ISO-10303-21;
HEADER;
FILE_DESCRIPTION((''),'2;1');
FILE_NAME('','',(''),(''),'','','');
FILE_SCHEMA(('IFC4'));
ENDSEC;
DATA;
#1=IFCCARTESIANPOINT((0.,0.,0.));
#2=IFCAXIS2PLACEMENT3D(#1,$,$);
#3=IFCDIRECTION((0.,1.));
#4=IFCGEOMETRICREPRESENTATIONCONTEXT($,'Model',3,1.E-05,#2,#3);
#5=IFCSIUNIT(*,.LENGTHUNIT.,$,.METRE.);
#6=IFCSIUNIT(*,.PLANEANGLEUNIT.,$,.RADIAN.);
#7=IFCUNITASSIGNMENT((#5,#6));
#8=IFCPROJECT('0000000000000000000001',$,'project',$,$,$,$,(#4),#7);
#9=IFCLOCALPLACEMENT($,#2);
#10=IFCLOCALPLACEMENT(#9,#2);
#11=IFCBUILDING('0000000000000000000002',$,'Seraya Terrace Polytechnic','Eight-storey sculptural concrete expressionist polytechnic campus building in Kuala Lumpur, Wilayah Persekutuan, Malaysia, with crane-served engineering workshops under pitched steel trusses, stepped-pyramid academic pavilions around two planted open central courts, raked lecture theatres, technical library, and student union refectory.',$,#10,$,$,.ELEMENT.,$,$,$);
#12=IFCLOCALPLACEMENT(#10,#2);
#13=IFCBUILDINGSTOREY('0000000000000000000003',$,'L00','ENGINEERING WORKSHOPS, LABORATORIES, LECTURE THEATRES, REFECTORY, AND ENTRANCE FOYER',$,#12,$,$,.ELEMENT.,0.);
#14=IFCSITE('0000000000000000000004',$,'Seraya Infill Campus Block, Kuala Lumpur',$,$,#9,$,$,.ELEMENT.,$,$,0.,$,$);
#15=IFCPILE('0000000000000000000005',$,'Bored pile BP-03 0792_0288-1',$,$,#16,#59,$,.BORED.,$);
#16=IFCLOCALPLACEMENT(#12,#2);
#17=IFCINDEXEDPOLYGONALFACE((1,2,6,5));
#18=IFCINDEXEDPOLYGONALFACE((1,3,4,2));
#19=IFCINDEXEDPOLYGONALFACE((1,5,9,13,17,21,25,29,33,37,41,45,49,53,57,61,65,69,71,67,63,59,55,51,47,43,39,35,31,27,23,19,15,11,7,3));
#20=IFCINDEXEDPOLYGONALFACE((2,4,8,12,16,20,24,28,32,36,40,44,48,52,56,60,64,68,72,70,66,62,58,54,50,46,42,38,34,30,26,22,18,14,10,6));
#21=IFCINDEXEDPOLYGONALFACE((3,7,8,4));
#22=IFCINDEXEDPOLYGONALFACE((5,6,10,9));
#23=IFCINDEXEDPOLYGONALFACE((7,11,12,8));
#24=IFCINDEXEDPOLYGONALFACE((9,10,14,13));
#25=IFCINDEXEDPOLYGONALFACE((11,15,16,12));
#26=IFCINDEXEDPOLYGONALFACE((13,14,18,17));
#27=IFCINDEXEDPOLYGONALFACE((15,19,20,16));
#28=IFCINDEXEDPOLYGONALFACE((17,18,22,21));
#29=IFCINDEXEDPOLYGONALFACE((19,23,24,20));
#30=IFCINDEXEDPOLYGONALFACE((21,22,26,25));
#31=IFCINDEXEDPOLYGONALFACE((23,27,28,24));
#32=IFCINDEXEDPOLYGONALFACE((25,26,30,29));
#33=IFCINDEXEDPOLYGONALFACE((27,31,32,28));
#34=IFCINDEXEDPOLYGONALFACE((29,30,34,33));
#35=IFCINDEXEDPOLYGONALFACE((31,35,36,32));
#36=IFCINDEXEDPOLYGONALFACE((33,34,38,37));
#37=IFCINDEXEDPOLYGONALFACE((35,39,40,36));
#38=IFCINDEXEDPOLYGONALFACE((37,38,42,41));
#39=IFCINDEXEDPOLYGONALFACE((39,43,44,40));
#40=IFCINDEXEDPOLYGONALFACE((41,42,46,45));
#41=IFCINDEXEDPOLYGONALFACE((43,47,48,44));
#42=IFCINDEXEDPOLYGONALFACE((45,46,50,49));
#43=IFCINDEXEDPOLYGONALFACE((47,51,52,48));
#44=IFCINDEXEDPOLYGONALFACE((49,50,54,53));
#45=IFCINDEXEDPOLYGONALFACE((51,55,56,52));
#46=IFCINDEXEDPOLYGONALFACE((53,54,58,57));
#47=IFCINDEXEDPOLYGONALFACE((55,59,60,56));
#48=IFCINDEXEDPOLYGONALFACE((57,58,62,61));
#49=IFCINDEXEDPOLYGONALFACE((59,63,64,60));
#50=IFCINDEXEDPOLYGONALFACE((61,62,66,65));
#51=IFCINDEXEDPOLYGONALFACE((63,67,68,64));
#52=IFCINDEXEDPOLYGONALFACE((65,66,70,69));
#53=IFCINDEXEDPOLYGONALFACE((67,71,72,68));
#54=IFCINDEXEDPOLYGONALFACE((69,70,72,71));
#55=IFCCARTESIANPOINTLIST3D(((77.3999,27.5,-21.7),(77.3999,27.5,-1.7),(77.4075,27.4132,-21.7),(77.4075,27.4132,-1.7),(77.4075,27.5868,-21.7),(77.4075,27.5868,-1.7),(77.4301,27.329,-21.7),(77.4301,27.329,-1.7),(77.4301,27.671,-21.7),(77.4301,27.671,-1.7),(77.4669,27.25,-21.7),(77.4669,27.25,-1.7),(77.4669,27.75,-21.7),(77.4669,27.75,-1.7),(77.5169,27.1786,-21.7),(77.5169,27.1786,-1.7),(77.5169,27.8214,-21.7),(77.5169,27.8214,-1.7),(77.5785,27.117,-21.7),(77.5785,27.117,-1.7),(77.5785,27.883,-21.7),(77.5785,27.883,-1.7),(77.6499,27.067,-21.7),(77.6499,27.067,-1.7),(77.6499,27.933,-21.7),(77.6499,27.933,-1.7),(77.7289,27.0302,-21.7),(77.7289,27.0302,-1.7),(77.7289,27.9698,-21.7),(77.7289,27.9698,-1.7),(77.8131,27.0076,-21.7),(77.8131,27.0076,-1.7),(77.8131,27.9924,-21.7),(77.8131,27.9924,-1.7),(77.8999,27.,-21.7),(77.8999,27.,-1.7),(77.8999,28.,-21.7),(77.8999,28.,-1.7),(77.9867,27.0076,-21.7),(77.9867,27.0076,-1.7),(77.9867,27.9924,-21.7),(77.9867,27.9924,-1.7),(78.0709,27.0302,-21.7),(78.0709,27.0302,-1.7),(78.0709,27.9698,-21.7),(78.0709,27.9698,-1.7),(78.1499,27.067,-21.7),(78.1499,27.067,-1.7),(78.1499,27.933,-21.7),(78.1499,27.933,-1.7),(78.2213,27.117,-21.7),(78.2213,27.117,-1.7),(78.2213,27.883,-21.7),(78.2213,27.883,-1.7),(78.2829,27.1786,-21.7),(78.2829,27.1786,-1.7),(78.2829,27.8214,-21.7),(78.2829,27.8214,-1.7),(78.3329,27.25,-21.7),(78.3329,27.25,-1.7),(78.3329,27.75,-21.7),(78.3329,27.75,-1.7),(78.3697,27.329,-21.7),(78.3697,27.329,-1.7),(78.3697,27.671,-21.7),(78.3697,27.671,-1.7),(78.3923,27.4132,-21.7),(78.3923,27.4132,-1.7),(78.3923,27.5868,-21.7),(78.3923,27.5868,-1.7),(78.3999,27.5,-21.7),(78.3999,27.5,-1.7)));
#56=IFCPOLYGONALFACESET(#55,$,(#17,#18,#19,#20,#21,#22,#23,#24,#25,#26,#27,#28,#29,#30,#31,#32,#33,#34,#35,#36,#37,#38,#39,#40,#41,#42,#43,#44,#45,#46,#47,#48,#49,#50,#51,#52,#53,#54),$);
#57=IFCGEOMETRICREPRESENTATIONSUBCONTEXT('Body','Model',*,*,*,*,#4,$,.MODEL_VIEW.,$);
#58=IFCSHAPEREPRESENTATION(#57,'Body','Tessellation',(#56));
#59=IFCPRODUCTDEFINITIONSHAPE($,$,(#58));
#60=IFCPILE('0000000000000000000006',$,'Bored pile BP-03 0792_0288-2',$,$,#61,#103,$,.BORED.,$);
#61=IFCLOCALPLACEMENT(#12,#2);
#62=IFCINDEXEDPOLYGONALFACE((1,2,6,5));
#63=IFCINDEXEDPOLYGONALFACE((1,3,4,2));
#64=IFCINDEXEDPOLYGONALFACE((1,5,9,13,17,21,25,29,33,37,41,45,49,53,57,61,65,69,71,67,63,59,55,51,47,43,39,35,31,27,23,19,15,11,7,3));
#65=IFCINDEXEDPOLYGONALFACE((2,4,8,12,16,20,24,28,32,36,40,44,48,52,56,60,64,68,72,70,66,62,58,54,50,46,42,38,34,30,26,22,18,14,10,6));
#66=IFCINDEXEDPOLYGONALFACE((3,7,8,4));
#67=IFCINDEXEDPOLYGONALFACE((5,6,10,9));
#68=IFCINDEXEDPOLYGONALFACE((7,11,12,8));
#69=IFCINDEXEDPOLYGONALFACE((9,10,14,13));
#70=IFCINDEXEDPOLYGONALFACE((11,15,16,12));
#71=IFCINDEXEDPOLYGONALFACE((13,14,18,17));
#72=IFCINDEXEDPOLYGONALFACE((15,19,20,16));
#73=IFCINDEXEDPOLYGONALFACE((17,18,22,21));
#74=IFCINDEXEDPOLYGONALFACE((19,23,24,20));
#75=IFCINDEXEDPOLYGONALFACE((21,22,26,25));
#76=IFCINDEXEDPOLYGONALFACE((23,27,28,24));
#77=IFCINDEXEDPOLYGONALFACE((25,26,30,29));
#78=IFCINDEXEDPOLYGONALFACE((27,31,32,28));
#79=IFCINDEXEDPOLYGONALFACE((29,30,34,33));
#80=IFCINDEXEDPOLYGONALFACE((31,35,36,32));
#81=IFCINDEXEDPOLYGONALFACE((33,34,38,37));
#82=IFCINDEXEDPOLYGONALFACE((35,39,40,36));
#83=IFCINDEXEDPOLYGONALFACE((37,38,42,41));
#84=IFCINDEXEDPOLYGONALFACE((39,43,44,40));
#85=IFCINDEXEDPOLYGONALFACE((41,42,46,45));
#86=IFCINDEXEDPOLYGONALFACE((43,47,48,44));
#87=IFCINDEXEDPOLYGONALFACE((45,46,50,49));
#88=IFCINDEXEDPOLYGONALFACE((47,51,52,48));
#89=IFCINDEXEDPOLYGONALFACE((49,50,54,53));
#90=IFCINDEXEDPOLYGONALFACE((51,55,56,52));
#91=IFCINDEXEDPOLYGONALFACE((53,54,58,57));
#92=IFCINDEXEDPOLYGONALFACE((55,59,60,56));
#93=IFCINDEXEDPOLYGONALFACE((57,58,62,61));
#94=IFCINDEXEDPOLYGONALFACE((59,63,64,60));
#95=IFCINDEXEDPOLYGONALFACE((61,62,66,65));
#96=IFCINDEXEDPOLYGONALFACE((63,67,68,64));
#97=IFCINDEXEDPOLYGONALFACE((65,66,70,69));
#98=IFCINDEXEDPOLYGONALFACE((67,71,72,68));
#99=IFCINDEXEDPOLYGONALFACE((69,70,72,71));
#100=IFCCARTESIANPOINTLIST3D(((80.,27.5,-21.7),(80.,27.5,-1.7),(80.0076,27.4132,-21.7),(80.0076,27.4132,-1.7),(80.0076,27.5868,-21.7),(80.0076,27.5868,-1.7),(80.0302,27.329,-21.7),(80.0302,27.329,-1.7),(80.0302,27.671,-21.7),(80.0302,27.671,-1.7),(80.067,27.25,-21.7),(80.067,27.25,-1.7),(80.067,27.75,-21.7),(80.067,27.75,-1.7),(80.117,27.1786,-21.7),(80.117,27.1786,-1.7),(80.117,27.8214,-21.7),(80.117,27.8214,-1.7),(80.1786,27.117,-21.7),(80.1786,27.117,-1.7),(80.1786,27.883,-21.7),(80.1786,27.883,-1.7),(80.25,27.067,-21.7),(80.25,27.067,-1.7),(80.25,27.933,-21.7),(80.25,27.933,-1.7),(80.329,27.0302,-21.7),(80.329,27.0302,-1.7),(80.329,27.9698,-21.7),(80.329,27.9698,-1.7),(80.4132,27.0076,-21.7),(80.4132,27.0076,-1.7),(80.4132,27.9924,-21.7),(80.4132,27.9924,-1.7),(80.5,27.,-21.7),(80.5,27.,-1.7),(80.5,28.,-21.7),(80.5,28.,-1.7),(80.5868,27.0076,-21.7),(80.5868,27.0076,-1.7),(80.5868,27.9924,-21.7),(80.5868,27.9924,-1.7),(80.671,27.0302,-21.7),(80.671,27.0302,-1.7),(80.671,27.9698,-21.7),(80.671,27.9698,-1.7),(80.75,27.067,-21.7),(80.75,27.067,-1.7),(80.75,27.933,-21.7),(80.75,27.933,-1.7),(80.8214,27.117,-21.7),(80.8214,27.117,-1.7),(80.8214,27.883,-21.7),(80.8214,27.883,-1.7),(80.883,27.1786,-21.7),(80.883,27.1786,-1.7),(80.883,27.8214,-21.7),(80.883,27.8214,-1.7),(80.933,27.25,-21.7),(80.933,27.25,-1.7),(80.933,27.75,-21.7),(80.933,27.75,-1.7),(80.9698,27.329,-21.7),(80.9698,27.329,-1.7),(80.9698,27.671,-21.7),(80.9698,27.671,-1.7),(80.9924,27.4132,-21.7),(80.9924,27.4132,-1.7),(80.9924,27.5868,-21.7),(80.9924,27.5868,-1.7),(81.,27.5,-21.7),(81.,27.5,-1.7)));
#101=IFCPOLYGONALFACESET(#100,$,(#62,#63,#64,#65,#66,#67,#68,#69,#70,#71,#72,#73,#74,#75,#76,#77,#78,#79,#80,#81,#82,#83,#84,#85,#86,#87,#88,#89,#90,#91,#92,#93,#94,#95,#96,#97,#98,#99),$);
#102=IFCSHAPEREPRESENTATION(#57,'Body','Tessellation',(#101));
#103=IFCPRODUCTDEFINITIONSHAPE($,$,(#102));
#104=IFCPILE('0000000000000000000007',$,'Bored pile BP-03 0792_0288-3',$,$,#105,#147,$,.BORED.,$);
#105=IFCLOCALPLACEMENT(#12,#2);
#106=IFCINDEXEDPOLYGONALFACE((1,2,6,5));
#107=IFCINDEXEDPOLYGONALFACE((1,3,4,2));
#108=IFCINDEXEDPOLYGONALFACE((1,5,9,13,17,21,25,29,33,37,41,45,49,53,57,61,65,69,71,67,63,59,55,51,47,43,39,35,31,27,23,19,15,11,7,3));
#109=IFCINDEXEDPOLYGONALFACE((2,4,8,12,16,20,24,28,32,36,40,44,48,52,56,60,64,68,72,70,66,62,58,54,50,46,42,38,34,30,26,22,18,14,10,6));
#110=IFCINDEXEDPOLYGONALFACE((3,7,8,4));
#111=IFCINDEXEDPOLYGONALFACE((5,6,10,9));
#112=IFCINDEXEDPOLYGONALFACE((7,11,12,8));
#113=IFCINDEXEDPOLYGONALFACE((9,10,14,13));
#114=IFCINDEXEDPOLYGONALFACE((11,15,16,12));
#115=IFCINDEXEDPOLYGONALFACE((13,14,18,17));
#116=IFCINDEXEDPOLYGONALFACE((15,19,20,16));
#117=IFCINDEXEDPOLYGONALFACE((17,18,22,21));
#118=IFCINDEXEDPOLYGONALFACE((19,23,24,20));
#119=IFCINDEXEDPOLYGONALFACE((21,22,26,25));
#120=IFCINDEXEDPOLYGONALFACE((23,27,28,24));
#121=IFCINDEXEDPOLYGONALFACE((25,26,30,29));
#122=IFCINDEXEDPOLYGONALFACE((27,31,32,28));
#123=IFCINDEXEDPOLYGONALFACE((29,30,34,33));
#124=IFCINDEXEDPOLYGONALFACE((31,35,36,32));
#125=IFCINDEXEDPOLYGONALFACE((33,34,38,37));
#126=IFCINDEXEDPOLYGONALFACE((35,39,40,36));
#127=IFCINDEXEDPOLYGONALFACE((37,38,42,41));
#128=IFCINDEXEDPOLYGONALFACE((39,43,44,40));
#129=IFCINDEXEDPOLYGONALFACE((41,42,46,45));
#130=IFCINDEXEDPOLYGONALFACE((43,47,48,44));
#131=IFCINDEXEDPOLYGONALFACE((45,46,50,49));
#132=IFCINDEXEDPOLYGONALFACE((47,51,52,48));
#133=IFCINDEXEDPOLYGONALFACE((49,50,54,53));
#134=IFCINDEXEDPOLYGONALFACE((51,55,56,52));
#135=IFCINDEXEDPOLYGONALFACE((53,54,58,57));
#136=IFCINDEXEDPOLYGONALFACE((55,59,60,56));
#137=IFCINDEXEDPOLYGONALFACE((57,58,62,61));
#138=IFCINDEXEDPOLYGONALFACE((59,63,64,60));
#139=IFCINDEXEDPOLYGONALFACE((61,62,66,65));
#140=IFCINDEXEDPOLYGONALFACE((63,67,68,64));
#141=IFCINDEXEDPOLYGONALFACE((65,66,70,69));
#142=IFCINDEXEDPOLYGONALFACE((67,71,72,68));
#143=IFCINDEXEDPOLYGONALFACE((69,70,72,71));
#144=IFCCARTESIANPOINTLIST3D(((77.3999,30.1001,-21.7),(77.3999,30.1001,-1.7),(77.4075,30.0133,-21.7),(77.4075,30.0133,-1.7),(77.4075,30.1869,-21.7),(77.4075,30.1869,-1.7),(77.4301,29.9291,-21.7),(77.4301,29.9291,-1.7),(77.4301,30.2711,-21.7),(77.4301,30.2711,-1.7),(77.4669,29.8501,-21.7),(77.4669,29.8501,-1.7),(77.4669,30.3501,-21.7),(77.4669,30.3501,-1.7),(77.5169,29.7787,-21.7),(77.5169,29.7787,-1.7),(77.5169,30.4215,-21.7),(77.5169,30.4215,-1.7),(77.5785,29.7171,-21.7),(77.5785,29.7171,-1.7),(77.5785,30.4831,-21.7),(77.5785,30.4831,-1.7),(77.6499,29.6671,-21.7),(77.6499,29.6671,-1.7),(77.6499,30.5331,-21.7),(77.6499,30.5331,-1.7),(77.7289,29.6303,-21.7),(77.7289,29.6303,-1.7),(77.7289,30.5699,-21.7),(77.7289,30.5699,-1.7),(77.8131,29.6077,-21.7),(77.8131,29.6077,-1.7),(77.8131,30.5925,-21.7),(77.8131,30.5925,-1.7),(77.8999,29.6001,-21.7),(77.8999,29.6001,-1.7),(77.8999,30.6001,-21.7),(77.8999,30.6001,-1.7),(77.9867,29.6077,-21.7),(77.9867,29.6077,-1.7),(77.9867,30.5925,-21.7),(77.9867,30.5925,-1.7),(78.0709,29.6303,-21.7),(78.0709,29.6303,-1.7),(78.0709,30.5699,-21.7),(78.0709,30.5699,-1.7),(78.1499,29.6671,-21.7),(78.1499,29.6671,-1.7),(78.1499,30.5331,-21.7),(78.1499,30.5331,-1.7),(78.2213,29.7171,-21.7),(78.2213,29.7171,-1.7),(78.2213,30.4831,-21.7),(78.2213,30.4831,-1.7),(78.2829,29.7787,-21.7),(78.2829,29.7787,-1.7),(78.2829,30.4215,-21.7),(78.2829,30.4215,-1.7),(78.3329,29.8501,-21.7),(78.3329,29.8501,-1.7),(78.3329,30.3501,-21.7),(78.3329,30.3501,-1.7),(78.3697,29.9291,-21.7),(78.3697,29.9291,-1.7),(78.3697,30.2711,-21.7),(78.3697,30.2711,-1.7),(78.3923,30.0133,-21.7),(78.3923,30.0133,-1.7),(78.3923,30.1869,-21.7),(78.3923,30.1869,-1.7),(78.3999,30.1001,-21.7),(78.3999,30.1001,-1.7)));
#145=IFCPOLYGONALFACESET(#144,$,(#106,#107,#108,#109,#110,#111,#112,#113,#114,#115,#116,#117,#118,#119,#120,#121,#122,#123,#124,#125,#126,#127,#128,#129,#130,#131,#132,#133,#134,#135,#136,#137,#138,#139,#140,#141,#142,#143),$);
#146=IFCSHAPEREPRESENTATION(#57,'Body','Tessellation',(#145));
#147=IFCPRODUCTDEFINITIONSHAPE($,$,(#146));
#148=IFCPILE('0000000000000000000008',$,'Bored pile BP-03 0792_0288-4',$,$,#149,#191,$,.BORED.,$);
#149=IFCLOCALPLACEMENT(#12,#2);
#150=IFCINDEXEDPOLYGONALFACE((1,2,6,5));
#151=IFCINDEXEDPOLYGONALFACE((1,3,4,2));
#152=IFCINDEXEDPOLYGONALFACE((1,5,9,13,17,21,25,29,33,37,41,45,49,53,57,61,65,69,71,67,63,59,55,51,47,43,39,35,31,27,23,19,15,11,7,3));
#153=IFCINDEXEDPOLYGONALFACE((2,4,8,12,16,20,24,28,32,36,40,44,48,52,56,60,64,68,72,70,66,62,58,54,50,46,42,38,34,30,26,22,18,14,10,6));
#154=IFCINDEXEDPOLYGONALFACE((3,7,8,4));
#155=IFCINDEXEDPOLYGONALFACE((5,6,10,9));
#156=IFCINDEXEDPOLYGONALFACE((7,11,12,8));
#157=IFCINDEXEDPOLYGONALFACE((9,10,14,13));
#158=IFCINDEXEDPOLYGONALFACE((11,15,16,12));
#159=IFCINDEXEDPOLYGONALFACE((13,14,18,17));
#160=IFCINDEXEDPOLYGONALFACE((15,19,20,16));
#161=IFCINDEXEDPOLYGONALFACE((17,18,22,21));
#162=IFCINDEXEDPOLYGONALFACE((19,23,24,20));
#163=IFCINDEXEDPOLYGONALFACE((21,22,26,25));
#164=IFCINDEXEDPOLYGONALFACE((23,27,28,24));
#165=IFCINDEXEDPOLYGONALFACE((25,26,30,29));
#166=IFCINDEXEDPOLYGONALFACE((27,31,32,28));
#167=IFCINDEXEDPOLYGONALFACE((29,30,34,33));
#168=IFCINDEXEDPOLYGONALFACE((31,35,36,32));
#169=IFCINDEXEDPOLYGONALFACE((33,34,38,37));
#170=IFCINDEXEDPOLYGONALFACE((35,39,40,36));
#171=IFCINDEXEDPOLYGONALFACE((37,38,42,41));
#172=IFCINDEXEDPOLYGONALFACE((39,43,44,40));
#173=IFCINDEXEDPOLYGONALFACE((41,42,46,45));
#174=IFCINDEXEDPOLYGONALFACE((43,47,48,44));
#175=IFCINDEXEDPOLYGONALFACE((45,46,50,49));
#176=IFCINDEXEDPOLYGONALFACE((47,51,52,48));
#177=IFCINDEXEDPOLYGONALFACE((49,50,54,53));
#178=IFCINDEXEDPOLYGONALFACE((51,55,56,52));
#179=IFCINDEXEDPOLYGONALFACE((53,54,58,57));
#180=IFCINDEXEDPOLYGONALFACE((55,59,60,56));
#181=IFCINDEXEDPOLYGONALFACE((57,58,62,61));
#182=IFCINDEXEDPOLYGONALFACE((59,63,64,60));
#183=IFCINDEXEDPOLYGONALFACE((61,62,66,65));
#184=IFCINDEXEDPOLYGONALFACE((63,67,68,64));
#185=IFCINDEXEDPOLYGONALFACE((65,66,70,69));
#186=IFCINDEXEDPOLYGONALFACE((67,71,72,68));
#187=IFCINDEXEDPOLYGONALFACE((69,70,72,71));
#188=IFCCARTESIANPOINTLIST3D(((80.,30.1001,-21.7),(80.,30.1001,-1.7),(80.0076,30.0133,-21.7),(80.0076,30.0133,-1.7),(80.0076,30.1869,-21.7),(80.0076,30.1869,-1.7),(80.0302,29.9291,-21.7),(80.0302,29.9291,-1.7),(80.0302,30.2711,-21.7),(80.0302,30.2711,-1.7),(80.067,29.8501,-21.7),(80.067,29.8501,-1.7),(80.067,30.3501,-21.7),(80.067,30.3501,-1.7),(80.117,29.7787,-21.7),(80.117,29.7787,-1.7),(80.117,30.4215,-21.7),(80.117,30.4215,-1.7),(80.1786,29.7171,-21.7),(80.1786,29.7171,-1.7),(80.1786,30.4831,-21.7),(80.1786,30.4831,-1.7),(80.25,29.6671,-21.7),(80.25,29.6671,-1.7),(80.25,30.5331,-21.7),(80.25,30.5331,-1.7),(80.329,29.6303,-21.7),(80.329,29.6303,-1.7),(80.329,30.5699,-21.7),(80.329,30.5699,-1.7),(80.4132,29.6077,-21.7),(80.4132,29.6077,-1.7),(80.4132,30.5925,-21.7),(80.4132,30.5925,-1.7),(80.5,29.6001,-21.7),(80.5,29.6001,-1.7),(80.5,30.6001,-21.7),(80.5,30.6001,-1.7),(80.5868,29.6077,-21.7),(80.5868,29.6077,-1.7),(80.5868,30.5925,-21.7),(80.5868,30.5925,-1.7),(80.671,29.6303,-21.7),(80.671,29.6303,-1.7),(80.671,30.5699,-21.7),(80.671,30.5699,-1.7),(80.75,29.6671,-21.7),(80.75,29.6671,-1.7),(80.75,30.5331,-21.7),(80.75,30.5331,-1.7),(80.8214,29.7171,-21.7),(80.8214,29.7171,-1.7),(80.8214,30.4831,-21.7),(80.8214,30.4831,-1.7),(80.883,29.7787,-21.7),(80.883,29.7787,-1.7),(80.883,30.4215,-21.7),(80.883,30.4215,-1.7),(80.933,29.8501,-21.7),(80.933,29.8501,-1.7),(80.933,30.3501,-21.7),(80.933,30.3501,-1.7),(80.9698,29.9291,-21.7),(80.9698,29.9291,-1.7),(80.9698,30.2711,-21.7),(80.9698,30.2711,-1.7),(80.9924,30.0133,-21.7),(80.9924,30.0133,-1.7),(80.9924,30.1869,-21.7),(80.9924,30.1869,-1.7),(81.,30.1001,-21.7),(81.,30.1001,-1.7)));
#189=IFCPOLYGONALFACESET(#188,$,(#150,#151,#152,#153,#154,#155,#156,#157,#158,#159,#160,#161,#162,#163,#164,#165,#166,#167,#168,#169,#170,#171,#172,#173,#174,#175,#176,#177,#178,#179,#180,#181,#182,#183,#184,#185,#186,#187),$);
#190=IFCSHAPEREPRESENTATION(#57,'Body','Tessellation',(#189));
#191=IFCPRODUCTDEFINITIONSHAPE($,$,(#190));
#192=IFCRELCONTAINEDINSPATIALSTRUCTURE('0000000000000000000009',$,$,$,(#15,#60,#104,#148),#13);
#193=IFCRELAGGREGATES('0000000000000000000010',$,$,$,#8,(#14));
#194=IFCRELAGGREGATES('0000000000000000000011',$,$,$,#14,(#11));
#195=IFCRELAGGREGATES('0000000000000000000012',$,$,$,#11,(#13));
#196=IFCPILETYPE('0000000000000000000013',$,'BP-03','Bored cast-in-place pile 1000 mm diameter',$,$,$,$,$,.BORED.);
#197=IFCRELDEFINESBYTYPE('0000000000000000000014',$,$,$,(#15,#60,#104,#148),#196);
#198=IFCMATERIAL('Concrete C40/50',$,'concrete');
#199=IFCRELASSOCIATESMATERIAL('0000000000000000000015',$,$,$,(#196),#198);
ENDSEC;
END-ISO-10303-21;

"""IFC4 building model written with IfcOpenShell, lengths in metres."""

from ifc_helpers import new_model, si_unit, direction, frame, origin, origin_2d, place, context, subcontext, project, spatial, circle, extrude, material, material_profile, profile_set, type_object, element, save


model = new_model("IFC4")

# Units and contexts
model_context = context("Model", 3, precision=1e-05, world=origin(), true_north=direction((0.0, 1.0)))
body_context = subcontext(model_context, "Body", "Model", "MODEL_VIEW")
ifc_project = project(units=[si_unit("LENGTHUNIT", "METRE"), si_unit("PLANEANGLEUNIT", "RADIAN")], contexts=[model_context])

# Site, building, storey
site_placement = place(None, origin())
site = spatial("IfcSite", under=ifc_project, at=site_placement, Name="Seraya Infill Campus Block, Kuala Lumpur", CompositionType="ELEMENT", RefElevation=0.0)
building_placement = place(site_placement, origin())
building = spatial("IfcBuilding", under=site, at=building_placement, Name="Seraya Terrace Polytechnic", Description="Eight-storey sculptural concrete expressionist polytechnic campus building in Kuala Lumpur, Wilayah Persekutuan, Malaysia, with crane-served engineering workshops under pitched steel trusses, stepped-pyramid academic pavilions around two planted open central courts, raked lecture theatres, technical library, and student union refectory.", CompositionType="ELEMENT")
storey_placement = place(building_placement, origin())
storey = spatial("IfcBuildingStorey", under=building, at=storey_placement, Name="L00", Description="ENGINEERING WORKSHOPS, LABORATORIES, LECTURE THEATRES, REFECTORY, AND ENTRANCE FOYER", CompositionType="ELEMENT", Elevation=0.0)

# Piles
ifc_material_1 = material(Name="Concrete C40/50", Category="concrete")
ifc_material_profile_1 = material_profile(ifc_material_1, circle(Radius=0.5, at=origin_2d()), Name="DIA 1000")
ifc_profile_set_1 = profile_set([ifc_material_profile_1], Name="Concrete C40/50")
pile_type_1 = type_object("IfcPileType", Name="BP-03", Description="Bored cast-in-place pile 1000 mm diameter", PredefinedType="BORED", material=ifc_profile_set_1)
for number, where, z_axis, x_axis, name in (
    (1, (77.8999, 27.5, -1.7), (0.0, 0.0, -1.0), (1.0, 0.0, 0.0), "Bored pile BP-03 0792_0288-1"),
    (2, (80.5, 27.5, -1.7), (0.0, 0.0, -1.0), (1.0, 0.0, 0.0), "Bored pile BP-03 0792_0288-2"),
    (3, (77.8999, 30.1001, -1.7), (0.0, 0.0, -1.0), (1.0, 0.0, 0.0), "Bored pile BP-03 0792_0288-3"),
    (4, (80.5, 30.1001, -1.7), (0.0, 0.0, -1.0), (1.0, 0.0, 0.0), "Bored pile BP-03 0792_0288-4"),
):
    element("IfcPile", number, at=place(storey_placement, frame(where, z_axis=z_axis, x_axis=x_axis)), inside=storey, type_object=pile_type_1, Name=name, PredefinedType="BORED", context=body_context, shape_type="SweptSolid", body=[
        extrude(circle(Radius=0.5, at=origin_2d()), origin(), (0.0, 0.0, 1.0), 20.0),
    ])

save(model, "model.ifc")
